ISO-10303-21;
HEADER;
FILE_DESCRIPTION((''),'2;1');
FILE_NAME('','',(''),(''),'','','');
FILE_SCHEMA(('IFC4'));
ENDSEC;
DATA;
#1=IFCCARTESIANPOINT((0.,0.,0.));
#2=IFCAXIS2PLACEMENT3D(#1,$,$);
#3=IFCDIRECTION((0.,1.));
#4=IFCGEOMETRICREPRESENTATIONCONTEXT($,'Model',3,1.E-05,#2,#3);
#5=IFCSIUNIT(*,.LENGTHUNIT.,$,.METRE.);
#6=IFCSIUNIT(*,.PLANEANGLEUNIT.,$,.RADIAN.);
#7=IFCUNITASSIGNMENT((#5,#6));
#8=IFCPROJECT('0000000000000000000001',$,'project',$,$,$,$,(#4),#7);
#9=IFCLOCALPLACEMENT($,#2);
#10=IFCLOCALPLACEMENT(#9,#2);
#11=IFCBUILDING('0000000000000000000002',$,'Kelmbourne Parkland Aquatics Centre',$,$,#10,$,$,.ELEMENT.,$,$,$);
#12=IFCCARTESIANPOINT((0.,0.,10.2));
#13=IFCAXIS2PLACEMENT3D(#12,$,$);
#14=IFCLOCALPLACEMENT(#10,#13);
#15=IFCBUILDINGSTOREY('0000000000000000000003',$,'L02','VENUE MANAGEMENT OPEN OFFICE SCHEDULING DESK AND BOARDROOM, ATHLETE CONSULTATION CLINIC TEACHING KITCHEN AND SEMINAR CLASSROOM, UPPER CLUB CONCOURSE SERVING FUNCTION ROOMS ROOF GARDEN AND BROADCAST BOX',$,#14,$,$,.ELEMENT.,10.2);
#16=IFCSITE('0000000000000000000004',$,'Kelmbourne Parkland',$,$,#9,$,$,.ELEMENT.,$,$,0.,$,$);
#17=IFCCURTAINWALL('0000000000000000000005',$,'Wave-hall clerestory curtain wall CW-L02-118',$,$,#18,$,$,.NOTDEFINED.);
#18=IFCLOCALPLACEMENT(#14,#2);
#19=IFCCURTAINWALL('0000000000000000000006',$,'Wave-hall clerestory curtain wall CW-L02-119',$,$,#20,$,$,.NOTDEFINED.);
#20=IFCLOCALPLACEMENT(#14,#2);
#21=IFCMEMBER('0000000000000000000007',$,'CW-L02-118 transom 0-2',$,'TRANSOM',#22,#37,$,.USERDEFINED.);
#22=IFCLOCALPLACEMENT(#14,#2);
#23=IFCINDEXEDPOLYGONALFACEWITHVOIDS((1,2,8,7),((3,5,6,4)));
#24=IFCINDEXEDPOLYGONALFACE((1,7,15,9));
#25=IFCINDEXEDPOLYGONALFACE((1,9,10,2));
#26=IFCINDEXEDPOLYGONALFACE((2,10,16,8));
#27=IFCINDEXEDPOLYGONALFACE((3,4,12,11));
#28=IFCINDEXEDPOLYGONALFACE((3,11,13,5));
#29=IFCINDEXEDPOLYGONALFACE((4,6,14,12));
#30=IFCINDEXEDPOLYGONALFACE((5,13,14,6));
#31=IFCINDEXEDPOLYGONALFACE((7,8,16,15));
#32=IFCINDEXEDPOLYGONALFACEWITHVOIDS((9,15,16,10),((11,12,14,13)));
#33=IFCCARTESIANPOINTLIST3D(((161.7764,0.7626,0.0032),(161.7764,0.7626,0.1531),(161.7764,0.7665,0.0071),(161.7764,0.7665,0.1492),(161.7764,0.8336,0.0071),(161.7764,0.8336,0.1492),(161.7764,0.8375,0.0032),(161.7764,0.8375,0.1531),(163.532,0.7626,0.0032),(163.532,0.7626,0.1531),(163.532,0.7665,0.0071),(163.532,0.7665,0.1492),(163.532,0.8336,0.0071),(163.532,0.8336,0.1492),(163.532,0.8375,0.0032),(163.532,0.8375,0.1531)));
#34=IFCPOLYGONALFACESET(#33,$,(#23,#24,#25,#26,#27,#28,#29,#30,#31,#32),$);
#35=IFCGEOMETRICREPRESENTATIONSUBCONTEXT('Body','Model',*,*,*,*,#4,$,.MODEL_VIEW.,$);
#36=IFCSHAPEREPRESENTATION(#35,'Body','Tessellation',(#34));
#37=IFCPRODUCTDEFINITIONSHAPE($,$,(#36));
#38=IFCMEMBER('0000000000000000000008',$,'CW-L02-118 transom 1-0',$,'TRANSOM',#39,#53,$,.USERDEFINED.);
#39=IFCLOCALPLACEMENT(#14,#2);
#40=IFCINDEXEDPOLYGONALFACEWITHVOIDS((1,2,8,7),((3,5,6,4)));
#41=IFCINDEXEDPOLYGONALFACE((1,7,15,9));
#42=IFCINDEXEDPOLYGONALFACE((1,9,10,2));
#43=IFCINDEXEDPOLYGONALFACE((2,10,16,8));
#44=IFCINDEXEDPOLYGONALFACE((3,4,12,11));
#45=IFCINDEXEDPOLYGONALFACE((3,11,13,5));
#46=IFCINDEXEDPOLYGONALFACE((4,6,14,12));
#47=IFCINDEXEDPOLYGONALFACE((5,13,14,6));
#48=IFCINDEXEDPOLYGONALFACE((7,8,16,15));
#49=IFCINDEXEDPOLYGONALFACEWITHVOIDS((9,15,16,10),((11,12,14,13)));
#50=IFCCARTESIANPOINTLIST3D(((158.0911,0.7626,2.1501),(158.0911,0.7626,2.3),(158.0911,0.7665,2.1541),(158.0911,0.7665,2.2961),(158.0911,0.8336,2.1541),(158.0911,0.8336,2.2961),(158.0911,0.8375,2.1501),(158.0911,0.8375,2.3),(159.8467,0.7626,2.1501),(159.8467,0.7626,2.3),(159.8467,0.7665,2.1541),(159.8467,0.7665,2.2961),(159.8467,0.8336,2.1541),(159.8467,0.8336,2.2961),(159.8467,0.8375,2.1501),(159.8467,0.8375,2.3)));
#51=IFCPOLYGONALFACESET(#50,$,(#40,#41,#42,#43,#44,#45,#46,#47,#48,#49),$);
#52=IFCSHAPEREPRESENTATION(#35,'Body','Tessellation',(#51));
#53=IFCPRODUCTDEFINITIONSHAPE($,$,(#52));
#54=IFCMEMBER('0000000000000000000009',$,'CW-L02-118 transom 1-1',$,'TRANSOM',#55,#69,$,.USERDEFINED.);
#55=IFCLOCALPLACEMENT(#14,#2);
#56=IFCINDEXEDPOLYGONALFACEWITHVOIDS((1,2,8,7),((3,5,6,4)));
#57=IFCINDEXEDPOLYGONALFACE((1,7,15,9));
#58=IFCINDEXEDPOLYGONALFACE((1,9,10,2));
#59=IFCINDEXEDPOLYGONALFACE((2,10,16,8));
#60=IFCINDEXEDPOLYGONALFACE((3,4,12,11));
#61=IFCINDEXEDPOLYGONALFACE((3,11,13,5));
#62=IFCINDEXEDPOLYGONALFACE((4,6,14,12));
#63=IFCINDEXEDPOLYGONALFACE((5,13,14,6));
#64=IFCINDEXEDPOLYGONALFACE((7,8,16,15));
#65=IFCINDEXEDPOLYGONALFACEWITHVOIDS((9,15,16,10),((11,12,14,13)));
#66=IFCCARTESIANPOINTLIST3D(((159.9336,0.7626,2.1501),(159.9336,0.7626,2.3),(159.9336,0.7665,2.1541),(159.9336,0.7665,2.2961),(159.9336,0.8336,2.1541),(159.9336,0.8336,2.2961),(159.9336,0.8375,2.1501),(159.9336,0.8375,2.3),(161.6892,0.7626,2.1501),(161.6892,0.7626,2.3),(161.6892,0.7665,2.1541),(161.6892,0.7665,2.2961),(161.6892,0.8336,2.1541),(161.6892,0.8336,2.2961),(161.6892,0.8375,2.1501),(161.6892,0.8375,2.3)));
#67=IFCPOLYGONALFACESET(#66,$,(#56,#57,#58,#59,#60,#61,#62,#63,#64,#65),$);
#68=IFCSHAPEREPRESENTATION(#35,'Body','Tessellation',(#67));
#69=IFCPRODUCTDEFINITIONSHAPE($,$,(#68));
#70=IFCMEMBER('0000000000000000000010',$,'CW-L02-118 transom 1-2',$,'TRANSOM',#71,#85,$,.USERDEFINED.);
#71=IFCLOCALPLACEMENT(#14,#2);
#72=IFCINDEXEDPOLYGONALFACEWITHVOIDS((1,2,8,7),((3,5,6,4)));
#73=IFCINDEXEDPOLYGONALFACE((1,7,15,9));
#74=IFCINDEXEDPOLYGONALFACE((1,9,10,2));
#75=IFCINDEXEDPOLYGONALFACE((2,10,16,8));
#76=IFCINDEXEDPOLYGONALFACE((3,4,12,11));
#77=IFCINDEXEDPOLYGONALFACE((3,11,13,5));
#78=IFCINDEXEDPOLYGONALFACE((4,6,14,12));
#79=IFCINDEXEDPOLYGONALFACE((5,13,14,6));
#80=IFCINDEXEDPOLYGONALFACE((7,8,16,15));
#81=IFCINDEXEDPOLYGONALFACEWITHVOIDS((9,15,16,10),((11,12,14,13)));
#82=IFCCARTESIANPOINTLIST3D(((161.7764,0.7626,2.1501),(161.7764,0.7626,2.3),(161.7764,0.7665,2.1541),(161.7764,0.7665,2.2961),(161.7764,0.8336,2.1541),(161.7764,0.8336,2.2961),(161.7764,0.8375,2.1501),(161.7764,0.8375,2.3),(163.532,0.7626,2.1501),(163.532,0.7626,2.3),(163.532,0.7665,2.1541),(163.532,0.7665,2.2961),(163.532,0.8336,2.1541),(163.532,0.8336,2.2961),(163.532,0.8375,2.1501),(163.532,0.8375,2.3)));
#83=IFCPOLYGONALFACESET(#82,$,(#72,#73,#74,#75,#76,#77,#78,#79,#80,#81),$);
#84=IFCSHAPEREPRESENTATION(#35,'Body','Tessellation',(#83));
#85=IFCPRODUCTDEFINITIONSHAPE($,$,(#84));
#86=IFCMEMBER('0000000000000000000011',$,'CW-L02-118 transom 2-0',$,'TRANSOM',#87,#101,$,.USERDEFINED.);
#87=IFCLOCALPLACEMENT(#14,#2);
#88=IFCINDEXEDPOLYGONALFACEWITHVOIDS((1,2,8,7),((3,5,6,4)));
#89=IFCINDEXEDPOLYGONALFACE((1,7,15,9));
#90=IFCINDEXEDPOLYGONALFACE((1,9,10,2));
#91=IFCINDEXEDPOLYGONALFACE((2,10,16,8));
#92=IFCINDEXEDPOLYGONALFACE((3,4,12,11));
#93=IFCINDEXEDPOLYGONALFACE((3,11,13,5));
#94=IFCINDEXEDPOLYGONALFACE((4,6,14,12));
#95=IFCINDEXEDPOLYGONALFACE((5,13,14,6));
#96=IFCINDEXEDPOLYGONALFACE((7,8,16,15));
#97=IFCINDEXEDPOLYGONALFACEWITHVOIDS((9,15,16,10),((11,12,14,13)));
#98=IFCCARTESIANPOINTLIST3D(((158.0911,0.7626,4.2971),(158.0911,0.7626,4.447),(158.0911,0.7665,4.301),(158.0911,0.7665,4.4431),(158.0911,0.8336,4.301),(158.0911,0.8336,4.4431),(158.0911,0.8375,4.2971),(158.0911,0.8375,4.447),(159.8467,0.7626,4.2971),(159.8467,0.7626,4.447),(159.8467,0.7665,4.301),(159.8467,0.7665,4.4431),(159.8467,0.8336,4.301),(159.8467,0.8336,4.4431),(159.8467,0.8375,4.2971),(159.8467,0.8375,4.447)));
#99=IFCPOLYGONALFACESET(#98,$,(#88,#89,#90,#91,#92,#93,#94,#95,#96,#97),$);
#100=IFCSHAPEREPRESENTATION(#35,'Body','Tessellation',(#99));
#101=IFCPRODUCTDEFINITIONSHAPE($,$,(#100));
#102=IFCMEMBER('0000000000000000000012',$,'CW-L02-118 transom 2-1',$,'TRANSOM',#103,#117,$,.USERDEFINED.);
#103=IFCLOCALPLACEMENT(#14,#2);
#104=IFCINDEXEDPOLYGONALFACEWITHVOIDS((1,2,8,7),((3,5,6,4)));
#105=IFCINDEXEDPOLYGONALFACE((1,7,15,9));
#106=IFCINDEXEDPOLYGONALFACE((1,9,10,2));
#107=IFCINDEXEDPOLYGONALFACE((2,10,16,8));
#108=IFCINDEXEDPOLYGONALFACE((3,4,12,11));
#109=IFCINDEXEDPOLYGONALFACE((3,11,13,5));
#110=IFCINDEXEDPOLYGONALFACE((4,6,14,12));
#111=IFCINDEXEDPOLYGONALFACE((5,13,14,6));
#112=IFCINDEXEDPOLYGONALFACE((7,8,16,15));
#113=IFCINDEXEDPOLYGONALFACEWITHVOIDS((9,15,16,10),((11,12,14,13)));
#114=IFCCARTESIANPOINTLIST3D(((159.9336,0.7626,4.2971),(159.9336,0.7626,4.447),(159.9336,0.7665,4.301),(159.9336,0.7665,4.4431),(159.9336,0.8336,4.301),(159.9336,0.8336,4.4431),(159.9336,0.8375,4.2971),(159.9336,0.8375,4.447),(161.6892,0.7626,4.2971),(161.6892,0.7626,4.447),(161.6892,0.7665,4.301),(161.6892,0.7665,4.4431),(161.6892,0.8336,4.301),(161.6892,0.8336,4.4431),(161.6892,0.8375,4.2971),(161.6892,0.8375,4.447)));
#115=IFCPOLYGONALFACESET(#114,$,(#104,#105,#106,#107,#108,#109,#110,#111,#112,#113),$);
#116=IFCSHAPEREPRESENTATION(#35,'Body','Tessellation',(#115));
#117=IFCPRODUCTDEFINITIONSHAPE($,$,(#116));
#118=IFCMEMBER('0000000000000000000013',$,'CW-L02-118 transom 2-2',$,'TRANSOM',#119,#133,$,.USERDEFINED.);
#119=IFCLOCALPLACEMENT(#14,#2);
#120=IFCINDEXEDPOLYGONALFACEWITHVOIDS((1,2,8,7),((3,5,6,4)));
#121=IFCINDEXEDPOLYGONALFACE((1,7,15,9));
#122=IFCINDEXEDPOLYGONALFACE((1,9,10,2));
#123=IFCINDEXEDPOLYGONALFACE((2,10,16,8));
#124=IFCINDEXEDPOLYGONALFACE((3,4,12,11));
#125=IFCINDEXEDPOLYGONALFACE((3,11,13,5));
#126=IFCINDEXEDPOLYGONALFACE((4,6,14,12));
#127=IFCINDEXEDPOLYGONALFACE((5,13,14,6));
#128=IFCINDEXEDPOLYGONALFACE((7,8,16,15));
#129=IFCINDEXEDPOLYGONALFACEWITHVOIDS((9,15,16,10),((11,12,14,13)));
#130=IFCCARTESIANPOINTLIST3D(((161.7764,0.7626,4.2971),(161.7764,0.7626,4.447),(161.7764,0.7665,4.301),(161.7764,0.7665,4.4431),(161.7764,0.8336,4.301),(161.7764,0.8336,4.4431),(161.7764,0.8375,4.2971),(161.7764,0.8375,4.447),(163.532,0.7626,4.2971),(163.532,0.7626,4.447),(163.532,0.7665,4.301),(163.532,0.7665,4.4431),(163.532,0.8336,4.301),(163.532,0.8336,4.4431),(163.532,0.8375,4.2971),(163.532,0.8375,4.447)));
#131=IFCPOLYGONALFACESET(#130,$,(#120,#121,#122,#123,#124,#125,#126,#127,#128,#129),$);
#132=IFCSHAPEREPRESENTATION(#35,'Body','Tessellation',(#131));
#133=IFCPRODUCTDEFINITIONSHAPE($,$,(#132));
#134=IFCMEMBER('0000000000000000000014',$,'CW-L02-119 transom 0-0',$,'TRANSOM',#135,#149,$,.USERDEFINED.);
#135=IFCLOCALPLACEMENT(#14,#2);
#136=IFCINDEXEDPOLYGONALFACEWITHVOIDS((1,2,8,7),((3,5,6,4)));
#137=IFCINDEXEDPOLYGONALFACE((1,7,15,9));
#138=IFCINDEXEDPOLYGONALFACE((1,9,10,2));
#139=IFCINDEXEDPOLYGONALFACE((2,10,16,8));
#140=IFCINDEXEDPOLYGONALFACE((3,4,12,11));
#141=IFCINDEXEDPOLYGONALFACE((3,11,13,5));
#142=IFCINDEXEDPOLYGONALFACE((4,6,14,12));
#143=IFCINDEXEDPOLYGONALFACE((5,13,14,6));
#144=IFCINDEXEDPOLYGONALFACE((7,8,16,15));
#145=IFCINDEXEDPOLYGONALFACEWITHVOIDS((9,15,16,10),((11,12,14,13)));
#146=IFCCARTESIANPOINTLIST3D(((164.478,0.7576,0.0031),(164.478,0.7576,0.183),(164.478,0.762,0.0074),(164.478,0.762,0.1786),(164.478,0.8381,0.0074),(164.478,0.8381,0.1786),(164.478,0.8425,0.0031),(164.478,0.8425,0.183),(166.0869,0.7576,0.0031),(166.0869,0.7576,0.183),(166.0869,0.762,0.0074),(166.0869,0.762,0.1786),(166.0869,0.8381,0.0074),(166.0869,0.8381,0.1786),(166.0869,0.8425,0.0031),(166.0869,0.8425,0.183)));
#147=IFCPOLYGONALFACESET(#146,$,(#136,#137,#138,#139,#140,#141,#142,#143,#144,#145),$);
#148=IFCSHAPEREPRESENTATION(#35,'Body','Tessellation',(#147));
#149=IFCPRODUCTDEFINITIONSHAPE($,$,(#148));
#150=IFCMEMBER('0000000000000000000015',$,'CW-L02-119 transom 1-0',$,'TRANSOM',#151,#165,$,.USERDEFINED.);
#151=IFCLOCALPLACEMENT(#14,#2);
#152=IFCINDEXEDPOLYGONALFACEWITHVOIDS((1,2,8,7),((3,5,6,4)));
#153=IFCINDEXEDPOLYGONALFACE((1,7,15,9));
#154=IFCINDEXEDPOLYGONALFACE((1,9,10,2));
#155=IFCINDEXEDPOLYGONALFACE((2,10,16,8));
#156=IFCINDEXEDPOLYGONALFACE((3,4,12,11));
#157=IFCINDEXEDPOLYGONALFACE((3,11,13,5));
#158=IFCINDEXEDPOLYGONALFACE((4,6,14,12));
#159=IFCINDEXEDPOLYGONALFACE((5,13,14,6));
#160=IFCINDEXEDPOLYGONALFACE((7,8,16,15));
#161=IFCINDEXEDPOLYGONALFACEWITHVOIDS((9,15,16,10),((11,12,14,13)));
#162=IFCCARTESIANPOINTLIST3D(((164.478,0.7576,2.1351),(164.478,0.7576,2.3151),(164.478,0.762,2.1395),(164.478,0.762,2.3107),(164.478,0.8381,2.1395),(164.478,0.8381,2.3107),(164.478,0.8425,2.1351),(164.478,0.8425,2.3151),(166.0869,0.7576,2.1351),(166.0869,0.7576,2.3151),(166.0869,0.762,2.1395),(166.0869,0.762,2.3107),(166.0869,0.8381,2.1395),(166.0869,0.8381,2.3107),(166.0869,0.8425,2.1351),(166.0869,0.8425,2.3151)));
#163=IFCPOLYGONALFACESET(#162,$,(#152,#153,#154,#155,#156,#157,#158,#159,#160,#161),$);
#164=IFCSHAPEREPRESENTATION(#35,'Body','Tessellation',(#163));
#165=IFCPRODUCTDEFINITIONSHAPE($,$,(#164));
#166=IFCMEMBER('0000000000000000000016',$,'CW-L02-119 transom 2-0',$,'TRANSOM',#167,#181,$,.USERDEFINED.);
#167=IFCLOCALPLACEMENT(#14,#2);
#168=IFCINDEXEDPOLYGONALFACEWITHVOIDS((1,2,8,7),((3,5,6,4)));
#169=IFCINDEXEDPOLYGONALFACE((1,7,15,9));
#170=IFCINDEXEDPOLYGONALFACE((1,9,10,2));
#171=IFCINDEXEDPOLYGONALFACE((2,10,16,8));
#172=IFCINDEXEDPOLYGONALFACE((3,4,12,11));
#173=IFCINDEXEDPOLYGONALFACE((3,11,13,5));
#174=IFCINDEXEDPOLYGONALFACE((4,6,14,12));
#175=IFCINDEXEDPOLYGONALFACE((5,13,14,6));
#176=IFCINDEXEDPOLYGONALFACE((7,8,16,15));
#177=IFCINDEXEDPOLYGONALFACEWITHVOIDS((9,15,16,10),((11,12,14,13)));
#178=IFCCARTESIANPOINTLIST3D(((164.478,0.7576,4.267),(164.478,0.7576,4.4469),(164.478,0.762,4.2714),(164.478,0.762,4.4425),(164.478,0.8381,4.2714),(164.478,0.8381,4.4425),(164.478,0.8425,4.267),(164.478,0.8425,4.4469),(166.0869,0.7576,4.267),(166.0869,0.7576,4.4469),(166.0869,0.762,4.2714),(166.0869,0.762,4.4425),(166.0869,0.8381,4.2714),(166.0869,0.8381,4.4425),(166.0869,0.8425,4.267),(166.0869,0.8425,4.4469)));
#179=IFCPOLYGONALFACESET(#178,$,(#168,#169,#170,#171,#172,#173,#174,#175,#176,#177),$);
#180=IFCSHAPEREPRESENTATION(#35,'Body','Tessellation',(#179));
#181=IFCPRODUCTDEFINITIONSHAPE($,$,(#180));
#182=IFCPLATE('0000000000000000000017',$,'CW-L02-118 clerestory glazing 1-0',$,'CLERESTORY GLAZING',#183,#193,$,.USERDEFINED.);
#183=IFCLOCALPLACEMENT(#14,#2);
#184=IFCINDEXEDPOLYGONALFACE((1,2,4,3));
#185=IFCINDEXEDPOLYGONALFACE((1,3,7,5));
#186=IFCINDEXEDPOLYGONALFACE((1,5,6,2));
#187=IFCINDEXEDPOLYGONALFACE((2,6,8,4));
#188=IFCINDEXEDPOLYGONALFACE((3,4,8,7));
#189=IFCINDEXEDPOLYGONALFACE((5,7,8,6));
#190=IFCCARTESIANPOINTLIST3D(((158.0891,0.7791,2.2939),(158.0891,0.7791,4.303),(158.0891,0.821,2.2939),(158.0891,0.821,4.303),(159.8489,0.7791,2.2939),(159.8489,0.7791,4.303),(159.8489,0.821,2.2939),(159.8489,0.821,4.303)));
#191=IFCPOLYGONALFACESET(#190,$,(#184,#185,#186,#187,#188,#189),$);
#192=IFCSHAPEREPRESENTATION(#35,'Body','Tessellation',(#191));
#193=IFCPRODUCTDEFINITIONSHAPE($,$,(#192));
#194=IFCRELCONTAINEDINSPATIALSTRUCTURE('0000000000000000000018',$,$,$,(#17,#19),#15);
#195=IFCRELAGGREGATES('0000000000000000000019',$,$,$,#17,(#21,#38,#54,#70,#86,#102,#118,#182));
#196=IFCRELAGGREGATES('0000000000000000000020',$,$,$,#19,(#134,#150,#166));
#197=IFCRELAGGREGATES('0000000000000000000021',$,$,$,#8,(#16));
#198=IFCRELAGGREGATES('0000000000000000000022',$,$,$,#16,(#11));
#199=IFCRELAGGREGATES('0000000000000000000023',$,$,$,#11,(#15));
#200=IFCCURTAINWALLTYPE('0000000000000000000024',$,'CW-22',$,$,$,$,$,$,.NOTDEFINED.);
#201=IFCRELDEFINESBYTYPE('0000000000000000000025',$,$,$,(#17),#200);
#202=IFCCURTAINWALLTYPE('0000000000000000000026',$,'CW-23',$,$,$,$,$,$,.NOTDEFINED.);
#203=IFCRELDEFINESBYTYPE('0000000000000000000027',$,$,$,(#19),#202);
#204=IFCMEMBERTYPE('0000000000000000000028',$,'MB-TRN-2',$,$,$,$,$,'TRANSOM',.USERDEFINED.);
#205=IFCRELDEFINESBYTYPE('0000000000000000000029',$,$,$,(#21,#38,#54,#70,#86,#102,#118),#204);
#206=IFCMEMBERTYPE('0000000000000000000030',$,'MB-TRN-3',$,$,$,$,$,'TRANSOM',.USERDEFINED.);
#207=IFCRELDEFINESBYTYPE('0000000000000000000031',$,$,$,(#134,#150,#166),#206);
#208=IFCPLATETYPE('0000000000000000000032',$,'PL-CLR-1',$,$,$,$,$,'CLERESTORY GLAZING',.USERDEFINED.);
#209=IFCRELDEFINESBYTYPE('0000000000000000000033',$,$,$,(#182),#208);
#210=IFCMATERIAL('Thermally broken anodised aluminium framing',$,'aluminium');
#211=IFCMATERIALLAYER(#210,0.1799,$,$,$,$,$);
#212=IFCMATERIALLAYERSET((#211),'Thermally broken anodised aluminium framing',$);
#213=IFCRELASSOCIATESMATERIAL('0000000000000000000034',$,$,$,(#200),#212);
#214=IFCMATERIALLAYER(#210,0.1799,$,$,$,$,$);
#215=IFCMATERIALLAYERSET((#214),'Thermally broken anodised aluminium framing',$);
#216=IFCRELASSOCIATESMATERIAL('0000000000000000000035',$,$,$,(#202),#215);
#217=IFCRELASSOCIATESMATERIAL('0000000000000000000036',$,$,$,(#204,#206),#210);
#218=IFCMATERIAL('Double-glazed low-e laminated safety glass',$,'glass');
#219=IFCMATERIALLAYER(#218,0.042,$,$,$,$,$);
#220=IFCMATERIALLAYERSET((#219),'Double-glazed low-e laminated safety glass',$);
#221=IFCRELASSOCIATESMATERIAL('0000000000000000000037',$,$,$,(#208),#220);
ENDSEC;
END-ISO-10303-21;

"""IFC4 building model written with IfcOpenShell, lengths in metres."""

from ifc_helpers import new_model, si_unit, direction, frame, origin, origin_2d, place, context, subcontext, project, spatial, rectangle, hollow_rectangle, extrude, material, layer, layer_set, material_profile, profile_set, type_object, element, aggregate, save


model = new_model("IFC4")

# Units and contexts
model_context = context("Model", 3, precision=1e-05, world=origin(), true_north=direction((0.0, 1.0)))
body_context = subcontext(model_context, "Body", "Model", "MODEL_VIEW")
ifc_project = project(units=[si_unit("LENGTHUNIT", "METRE"), si_unit("PLANEANGLEUNIT", "RADIAN")], contexts=[model_context])

# Site, building, storey
site_placement = place(None, origin())
site = spatial("IfcSite", under=ifc_project, at=site_placement, Name="Kelmbourne Parkland", CompositionType="ELEMENT", RefElevation=0.0)
building_placement = place(site_placement, origin())
building = spatial("IfcBuilding", under=site, at=building_placement, Name="Kelmbourne Parkland Aquatics Centre", CompositionType="ELEMENT")
storey_placement = place(building_placement, frame((0.0, 0.0, 10.2)))
storey = spatial("IfcBuildingStorey", under=building, at=storey_placement, Name="L02", Description="VENUE MANAGEMENT OPEN OFFICE SCHEDULING DESK AND BOARDROOM, ATHLETE CONSULTATION CLINIC TEACHING KITCHEN AND SEMINAR CLASSROOM, UPPER CLUB CONCOURSE SERVING FUNCTION ROOMS ROOF GARDEN AND BROADCAST BOX", CompositionType="ELEMENT", Elevation=10.2)

# Shared definitions
ifc_material_1 = material(Name="Thermally broken anodised aluminium framing", Category="aluminium")

# Curtain walls
ifc_layer_1 = layer(ifc_material_1, 0.1799)
ifc_layer_set_1 = layer_set([ifc_layer_1], Name="Thermally broken anodised aluminium framing")
curtain_wall_type_1 = type_object("IfcCurtainWallType", Name="CW-22", PredefinedType="NOTDEFINED", material=ifc_layer_set_1)
curtain_wall_1_placement = place(storey_placement, origin())
curtain_wall_1 = element("IfcCurtainWall", 1, at=curtain_wall_1_placement, inside=storey, type_object=curtain_wall_type_1, Name="Wave-hall clerestory curtain wall CW-L02-118", PredefinedType="NOTDEFINED")
ifc_layer_2 = layer(ifc_material_1, 0.1799)
ifc_layer_set_2 = layer_set([ifc_layer_2], Name="Thermally broken anodised aluminium framing")
curtain_wall_type_2 = type_object("IfcCurtainWallType", Name="CW-23", PredefinedType="NOTDEFINED", material=ifc_layer_set_2)
curtain_wall_2_placement = place(storey_placement, origin())
curtain_wall_2 = element("IfcCurtainWall", 2, at=curtain_wall_2_placement, inside=storey, type_object=curtain_wall_type_2, Name="Wave-hall clerestory curtain wall CW-L02-119", PredefinedType="NOTDEFINED")

# Members
ifc_material_profile_1 = material_profile(ifc_material_1, hollow_rectangle(XDim=0.075, YDim=0.1499, WallThickness=0.0039, at=origin_2d()), Name="CW-T 75x150")
ifc_profile_set_1 = profile_set([ifc_material_profile_1], Name="Thermally broken anodised aluminium framing")
member_type_1 = type_object("IfcMemberType", Name="MB-TRN-2", ElementType="TRANSOM", PredefinedType="USERDEFINED", material=ifc_profile_set_1)
member_1_placement = place(storey_placement, frame((161.7764, 0.8, 0.0781), z_axis=(1.0, 0.0, 0.0), x_axis=(0.0, 1.0, 0.0)))
member_1 = element("IfcMember", 3, at=member_1_placement, type_object=member_type_1, Name="CW-L02-118 transom 0-2", ObjectType="TRANSOM", PredefinedType="USERDEFINED", context=body_context, shape_type="SweptSolid", body=[
    extrude(hollow_rectangle(XDim=0.075, YDim=0.1499, WallThickness=0.0039, at=origin_2d()), origin(), (0.0, 0.0, 1.0), 1.7556),
])
member_2_placement = place(storey_placement, frame((158.0911, 0.8, 2.2251), z_axis=(1.0, 0.0, 0.0), x_axis=(0.0, 1.0, 0.0)))
member_2 = element("IfcMember", 4, at=member_2_placement, type_object=member_type_1, Name="CW-L02-118 transom 1-0", ObjectType="TRANSOM", PredefinedType="USERDEFINED", context=body_context, shape_type="SweptSolid", body=[
    extrude(hollow_rectangle(XDim=0.075, YDim=0.1499, WallThickness=0.0039, at=origin_2d()), origin(), (0.0, 0.0, 1.0), 1.7556),
])
member_3_placement = place(storey_placement, frame((159.9336, 0.8, 2.2251), z_axis=(1.0, 0.0, 0.0), x_axis=(0.0, 1.0, 0.0)))
member_3 = element("IfcMember", 5, at=member_3_placement, type_object=member_type_1, Name="CW-L02-118 transom 1-1", ObjectType="TRANSOM", PredefinedType="USERDEFINED", context=body_context, shape_type="SweptSolid", body=[
    extrude(hollow_rectangle(XDim=0.075, YDim=0.1499, WallThickness=0.0039, at=origin_2d()), origin(), (0.0, 0.0, 1.0), 1.7556),
])
member_4_placement = place(storey_placement, frame((161.7764, 0.8, 2.2251), z_axis=(1.0, 0.0, 0.0), x_axis=(0.0, 1.0, 0.0)))
member_4 = element("IfcMember", 6, at=member_4_placement, type_object=member_type_1, Name="CW-L02-118 transom 1-2", ObjectType="TRANSOM", PredefinedType="USERDEFINED", context=body_context, shape_type="SweptSolid", body=[
    extrude(hollow_rectangle(XDim=0.075, YDim=0.1499, WallThickness=0.0039, at=origin_2d()), origin(), (0.0, 0.0, 1.0), 1.7556),
])
member_5_placement = place(storey_placement, frame((158.0911, 0.8, 4.3721), z_axis=(1.0, 0.0, 0.0), x_axis=(0.0, 1.0, 0.0)))
member_5 = element("IfcMember", 7, at=member_5_placement, type_object=member_type_1, Name="CW-L02-118 transom 2-0", ObjectType="TRANSOM", PredefinedType="USERDEFINED", context=body_context, shape_type="SweptSolid", body=[
    extrude(hollow_rectangle(XDim=0.075, YDim=0.1499, WallThickness=0.0039, at=origin_2d()), origin(), (0.0, 0.0, 1.0), 1.7556),
])
member_6_placement = place(storey_placement, frame((159.9336, 0.8, 4.3721), z_axis=(1.0, 0.0, 0.0), x_axis=(0.0, 1.0, 0.0)))
member_6 = element("IfcMember", 8, at=member_6_placement, type_object=member_type_1, Name="CW-L02-118 transom 2-1", ObjectType="TRANSOM", PredefinedType="USERDEFINED", context=body_context, shape_type="SweptSolid", body=[
    extrude(hollow_rectangle(XDim=0.075, YDim=0.1499, WallThickness=0.0039, at=origin_2d()), origin(), (0.0, 0.0, 1.0), 1.7556),
])
member_7_placement = place(storey_placement, frame((161.7764, 0.8, 4.3721), z_axis=(1.0, 0.0, 0.0), x_axis=(0.0, 1.0, 0.0)))
member_7 = element("IfcMember", 9, at=member_7_placement, type_object=member_type_1, Name="CW-L02-118 transom 2-2", ObjectType="TRANSOM", PredefinedType="USERDEFINED", context=body_context, shape_type="SweptSolid", body=[
    extrude(hollow_rectangle(XDim=0.075, YDim=0.1499, WallThickness=0.0039, at=origin_2d()), origin(), (0.0, 0.0, 1.0), 1.7556),
])
ifc_material_profile_2 = material_profile(ifc_material_1, hollow_rectangle(XDim=0.085, YDim=0.1799, WallThickness=0.0044, at=origin_2d()), Name="CW-T 85x180")
ifc_profile_set_2 = profile_set([ifc_material_profile_2], Name="Thermally broken anodised aluminium framing")
member_type_2 = type_object("IfcMemberType", Name="MB-TRN-3", ElementType="TRANSOM", PredefinedType="USERDEFINED", material=ifc_profile_set_2)
member_8_placement = place(storey_placement, frame((164.478, 0.8, 0.093), z_axis=(1.0, 0.0, 0.0), x_axis=(0.0, 1.0, 0.0)))
member_8 = element("IfcMember", 10, at=member_8_placement, type_object=member_type_2, Name="CW-L02-119 transom 0-0", ObjectType="TRANSOM", PredefinedType="USERDEFINED", context=body_context, shape_type="SweptSolid", body=[
    extrude(hollow_rectangle(XDim=0.085, YDim=0.1799, WallThickness=0.0044, at=origin_2d()), origin(), (0.0, 0.0, 1.0), 1.6089),
])
member_9_placement = place(storey_placement, frame((164.478, 0.8, 2.2251), z_axis=(1.0, 0.0, 0.0), x_axis=(0.0, 1.0, 0.0)))
member_9 = element("IfcMember", 11, at=member_9_placement, type_object=member_type_2, Name="CW-L02-119 transom 1-0", ObjectType="TRANSOM", PredefinedType="USERDEFINED", context=body_context, shape_type="SweptSolid", body=[
    extrude(hollow_rectangle(XDim=0.085, YDim=0.1799, WallThickness=0.0044, at=origin_2d()), origin(), (0.0, 0.0, 1.0), 1.6089),
])
member_10_placement = place(storey_placement, frame((164.478, 0.8, 4.3569), z_axis=(1.0, 0.0, 0.0), x_axis=(0.0, 1.0, 0.0)))
member_10 = element("IfcMember", 12, at=member_10_placement, type_object=member_type_2, Name="CW-L02-119 transom 2-0", ObjectType="TRANSOM", PredefinedType="USERDEFINED", context=body_context, shape_type="SweptSolid", body=[
    extrude(hollow_rectangle(XDim=0.085, YDim=0.1799, WallThickness=0.0044, at=origin_2d()), origin(), (0.0, 0.0, 1.0), 1.6089),
])

# Plate
ifc_material_2 = material(Name="Double-glazed low-e laminated safety glass", Category="glass")
ifc_layer_3 = layer(ifc_material_2, 0.042)
ifc_layer_set_3 = layer_set([ifc_layer_3], Name="Double-glazed low-e laminated safety glass")
plate_type_1 = type_object("IfcPlateType", Name="PL-CLR-1", ElementType="CLERESTORY GLAZING", PredefinedType="USERDEFINED", material=ifc_layer_set_3)
plate_1_placement = place(storey_placement, frame((158.969, 0.8, 2.2939), z_axis=(0.0, 0.0, 1.0), x_axis=(1.0, 0.0, 0.0)))
plate_1 = element("IfcPlate", 13, at=plate_1_placement, type_object=plate_type_1, Name="CW-L02-118 clerestory glazing 1-0", ObjectType="CLERESTORY GLAZING", PredefinedType="USERDEFINED", context=body_context, shape_type="SweptSolid", body=[
    extrude(rectangle(XDim=1.7598, YDim=0.042, at=origin_2d()), origin(), (0.0, 0.0, 1.0), 2.009),
])
aggregate(curtain_wall_1, [member_1, member_2, member_3, member_4, member_5, member_6, member_7, plate_1])
aggregate(curtain_wall_2, [member_8, member_9, member_10])

save(model, "model.ifc")
